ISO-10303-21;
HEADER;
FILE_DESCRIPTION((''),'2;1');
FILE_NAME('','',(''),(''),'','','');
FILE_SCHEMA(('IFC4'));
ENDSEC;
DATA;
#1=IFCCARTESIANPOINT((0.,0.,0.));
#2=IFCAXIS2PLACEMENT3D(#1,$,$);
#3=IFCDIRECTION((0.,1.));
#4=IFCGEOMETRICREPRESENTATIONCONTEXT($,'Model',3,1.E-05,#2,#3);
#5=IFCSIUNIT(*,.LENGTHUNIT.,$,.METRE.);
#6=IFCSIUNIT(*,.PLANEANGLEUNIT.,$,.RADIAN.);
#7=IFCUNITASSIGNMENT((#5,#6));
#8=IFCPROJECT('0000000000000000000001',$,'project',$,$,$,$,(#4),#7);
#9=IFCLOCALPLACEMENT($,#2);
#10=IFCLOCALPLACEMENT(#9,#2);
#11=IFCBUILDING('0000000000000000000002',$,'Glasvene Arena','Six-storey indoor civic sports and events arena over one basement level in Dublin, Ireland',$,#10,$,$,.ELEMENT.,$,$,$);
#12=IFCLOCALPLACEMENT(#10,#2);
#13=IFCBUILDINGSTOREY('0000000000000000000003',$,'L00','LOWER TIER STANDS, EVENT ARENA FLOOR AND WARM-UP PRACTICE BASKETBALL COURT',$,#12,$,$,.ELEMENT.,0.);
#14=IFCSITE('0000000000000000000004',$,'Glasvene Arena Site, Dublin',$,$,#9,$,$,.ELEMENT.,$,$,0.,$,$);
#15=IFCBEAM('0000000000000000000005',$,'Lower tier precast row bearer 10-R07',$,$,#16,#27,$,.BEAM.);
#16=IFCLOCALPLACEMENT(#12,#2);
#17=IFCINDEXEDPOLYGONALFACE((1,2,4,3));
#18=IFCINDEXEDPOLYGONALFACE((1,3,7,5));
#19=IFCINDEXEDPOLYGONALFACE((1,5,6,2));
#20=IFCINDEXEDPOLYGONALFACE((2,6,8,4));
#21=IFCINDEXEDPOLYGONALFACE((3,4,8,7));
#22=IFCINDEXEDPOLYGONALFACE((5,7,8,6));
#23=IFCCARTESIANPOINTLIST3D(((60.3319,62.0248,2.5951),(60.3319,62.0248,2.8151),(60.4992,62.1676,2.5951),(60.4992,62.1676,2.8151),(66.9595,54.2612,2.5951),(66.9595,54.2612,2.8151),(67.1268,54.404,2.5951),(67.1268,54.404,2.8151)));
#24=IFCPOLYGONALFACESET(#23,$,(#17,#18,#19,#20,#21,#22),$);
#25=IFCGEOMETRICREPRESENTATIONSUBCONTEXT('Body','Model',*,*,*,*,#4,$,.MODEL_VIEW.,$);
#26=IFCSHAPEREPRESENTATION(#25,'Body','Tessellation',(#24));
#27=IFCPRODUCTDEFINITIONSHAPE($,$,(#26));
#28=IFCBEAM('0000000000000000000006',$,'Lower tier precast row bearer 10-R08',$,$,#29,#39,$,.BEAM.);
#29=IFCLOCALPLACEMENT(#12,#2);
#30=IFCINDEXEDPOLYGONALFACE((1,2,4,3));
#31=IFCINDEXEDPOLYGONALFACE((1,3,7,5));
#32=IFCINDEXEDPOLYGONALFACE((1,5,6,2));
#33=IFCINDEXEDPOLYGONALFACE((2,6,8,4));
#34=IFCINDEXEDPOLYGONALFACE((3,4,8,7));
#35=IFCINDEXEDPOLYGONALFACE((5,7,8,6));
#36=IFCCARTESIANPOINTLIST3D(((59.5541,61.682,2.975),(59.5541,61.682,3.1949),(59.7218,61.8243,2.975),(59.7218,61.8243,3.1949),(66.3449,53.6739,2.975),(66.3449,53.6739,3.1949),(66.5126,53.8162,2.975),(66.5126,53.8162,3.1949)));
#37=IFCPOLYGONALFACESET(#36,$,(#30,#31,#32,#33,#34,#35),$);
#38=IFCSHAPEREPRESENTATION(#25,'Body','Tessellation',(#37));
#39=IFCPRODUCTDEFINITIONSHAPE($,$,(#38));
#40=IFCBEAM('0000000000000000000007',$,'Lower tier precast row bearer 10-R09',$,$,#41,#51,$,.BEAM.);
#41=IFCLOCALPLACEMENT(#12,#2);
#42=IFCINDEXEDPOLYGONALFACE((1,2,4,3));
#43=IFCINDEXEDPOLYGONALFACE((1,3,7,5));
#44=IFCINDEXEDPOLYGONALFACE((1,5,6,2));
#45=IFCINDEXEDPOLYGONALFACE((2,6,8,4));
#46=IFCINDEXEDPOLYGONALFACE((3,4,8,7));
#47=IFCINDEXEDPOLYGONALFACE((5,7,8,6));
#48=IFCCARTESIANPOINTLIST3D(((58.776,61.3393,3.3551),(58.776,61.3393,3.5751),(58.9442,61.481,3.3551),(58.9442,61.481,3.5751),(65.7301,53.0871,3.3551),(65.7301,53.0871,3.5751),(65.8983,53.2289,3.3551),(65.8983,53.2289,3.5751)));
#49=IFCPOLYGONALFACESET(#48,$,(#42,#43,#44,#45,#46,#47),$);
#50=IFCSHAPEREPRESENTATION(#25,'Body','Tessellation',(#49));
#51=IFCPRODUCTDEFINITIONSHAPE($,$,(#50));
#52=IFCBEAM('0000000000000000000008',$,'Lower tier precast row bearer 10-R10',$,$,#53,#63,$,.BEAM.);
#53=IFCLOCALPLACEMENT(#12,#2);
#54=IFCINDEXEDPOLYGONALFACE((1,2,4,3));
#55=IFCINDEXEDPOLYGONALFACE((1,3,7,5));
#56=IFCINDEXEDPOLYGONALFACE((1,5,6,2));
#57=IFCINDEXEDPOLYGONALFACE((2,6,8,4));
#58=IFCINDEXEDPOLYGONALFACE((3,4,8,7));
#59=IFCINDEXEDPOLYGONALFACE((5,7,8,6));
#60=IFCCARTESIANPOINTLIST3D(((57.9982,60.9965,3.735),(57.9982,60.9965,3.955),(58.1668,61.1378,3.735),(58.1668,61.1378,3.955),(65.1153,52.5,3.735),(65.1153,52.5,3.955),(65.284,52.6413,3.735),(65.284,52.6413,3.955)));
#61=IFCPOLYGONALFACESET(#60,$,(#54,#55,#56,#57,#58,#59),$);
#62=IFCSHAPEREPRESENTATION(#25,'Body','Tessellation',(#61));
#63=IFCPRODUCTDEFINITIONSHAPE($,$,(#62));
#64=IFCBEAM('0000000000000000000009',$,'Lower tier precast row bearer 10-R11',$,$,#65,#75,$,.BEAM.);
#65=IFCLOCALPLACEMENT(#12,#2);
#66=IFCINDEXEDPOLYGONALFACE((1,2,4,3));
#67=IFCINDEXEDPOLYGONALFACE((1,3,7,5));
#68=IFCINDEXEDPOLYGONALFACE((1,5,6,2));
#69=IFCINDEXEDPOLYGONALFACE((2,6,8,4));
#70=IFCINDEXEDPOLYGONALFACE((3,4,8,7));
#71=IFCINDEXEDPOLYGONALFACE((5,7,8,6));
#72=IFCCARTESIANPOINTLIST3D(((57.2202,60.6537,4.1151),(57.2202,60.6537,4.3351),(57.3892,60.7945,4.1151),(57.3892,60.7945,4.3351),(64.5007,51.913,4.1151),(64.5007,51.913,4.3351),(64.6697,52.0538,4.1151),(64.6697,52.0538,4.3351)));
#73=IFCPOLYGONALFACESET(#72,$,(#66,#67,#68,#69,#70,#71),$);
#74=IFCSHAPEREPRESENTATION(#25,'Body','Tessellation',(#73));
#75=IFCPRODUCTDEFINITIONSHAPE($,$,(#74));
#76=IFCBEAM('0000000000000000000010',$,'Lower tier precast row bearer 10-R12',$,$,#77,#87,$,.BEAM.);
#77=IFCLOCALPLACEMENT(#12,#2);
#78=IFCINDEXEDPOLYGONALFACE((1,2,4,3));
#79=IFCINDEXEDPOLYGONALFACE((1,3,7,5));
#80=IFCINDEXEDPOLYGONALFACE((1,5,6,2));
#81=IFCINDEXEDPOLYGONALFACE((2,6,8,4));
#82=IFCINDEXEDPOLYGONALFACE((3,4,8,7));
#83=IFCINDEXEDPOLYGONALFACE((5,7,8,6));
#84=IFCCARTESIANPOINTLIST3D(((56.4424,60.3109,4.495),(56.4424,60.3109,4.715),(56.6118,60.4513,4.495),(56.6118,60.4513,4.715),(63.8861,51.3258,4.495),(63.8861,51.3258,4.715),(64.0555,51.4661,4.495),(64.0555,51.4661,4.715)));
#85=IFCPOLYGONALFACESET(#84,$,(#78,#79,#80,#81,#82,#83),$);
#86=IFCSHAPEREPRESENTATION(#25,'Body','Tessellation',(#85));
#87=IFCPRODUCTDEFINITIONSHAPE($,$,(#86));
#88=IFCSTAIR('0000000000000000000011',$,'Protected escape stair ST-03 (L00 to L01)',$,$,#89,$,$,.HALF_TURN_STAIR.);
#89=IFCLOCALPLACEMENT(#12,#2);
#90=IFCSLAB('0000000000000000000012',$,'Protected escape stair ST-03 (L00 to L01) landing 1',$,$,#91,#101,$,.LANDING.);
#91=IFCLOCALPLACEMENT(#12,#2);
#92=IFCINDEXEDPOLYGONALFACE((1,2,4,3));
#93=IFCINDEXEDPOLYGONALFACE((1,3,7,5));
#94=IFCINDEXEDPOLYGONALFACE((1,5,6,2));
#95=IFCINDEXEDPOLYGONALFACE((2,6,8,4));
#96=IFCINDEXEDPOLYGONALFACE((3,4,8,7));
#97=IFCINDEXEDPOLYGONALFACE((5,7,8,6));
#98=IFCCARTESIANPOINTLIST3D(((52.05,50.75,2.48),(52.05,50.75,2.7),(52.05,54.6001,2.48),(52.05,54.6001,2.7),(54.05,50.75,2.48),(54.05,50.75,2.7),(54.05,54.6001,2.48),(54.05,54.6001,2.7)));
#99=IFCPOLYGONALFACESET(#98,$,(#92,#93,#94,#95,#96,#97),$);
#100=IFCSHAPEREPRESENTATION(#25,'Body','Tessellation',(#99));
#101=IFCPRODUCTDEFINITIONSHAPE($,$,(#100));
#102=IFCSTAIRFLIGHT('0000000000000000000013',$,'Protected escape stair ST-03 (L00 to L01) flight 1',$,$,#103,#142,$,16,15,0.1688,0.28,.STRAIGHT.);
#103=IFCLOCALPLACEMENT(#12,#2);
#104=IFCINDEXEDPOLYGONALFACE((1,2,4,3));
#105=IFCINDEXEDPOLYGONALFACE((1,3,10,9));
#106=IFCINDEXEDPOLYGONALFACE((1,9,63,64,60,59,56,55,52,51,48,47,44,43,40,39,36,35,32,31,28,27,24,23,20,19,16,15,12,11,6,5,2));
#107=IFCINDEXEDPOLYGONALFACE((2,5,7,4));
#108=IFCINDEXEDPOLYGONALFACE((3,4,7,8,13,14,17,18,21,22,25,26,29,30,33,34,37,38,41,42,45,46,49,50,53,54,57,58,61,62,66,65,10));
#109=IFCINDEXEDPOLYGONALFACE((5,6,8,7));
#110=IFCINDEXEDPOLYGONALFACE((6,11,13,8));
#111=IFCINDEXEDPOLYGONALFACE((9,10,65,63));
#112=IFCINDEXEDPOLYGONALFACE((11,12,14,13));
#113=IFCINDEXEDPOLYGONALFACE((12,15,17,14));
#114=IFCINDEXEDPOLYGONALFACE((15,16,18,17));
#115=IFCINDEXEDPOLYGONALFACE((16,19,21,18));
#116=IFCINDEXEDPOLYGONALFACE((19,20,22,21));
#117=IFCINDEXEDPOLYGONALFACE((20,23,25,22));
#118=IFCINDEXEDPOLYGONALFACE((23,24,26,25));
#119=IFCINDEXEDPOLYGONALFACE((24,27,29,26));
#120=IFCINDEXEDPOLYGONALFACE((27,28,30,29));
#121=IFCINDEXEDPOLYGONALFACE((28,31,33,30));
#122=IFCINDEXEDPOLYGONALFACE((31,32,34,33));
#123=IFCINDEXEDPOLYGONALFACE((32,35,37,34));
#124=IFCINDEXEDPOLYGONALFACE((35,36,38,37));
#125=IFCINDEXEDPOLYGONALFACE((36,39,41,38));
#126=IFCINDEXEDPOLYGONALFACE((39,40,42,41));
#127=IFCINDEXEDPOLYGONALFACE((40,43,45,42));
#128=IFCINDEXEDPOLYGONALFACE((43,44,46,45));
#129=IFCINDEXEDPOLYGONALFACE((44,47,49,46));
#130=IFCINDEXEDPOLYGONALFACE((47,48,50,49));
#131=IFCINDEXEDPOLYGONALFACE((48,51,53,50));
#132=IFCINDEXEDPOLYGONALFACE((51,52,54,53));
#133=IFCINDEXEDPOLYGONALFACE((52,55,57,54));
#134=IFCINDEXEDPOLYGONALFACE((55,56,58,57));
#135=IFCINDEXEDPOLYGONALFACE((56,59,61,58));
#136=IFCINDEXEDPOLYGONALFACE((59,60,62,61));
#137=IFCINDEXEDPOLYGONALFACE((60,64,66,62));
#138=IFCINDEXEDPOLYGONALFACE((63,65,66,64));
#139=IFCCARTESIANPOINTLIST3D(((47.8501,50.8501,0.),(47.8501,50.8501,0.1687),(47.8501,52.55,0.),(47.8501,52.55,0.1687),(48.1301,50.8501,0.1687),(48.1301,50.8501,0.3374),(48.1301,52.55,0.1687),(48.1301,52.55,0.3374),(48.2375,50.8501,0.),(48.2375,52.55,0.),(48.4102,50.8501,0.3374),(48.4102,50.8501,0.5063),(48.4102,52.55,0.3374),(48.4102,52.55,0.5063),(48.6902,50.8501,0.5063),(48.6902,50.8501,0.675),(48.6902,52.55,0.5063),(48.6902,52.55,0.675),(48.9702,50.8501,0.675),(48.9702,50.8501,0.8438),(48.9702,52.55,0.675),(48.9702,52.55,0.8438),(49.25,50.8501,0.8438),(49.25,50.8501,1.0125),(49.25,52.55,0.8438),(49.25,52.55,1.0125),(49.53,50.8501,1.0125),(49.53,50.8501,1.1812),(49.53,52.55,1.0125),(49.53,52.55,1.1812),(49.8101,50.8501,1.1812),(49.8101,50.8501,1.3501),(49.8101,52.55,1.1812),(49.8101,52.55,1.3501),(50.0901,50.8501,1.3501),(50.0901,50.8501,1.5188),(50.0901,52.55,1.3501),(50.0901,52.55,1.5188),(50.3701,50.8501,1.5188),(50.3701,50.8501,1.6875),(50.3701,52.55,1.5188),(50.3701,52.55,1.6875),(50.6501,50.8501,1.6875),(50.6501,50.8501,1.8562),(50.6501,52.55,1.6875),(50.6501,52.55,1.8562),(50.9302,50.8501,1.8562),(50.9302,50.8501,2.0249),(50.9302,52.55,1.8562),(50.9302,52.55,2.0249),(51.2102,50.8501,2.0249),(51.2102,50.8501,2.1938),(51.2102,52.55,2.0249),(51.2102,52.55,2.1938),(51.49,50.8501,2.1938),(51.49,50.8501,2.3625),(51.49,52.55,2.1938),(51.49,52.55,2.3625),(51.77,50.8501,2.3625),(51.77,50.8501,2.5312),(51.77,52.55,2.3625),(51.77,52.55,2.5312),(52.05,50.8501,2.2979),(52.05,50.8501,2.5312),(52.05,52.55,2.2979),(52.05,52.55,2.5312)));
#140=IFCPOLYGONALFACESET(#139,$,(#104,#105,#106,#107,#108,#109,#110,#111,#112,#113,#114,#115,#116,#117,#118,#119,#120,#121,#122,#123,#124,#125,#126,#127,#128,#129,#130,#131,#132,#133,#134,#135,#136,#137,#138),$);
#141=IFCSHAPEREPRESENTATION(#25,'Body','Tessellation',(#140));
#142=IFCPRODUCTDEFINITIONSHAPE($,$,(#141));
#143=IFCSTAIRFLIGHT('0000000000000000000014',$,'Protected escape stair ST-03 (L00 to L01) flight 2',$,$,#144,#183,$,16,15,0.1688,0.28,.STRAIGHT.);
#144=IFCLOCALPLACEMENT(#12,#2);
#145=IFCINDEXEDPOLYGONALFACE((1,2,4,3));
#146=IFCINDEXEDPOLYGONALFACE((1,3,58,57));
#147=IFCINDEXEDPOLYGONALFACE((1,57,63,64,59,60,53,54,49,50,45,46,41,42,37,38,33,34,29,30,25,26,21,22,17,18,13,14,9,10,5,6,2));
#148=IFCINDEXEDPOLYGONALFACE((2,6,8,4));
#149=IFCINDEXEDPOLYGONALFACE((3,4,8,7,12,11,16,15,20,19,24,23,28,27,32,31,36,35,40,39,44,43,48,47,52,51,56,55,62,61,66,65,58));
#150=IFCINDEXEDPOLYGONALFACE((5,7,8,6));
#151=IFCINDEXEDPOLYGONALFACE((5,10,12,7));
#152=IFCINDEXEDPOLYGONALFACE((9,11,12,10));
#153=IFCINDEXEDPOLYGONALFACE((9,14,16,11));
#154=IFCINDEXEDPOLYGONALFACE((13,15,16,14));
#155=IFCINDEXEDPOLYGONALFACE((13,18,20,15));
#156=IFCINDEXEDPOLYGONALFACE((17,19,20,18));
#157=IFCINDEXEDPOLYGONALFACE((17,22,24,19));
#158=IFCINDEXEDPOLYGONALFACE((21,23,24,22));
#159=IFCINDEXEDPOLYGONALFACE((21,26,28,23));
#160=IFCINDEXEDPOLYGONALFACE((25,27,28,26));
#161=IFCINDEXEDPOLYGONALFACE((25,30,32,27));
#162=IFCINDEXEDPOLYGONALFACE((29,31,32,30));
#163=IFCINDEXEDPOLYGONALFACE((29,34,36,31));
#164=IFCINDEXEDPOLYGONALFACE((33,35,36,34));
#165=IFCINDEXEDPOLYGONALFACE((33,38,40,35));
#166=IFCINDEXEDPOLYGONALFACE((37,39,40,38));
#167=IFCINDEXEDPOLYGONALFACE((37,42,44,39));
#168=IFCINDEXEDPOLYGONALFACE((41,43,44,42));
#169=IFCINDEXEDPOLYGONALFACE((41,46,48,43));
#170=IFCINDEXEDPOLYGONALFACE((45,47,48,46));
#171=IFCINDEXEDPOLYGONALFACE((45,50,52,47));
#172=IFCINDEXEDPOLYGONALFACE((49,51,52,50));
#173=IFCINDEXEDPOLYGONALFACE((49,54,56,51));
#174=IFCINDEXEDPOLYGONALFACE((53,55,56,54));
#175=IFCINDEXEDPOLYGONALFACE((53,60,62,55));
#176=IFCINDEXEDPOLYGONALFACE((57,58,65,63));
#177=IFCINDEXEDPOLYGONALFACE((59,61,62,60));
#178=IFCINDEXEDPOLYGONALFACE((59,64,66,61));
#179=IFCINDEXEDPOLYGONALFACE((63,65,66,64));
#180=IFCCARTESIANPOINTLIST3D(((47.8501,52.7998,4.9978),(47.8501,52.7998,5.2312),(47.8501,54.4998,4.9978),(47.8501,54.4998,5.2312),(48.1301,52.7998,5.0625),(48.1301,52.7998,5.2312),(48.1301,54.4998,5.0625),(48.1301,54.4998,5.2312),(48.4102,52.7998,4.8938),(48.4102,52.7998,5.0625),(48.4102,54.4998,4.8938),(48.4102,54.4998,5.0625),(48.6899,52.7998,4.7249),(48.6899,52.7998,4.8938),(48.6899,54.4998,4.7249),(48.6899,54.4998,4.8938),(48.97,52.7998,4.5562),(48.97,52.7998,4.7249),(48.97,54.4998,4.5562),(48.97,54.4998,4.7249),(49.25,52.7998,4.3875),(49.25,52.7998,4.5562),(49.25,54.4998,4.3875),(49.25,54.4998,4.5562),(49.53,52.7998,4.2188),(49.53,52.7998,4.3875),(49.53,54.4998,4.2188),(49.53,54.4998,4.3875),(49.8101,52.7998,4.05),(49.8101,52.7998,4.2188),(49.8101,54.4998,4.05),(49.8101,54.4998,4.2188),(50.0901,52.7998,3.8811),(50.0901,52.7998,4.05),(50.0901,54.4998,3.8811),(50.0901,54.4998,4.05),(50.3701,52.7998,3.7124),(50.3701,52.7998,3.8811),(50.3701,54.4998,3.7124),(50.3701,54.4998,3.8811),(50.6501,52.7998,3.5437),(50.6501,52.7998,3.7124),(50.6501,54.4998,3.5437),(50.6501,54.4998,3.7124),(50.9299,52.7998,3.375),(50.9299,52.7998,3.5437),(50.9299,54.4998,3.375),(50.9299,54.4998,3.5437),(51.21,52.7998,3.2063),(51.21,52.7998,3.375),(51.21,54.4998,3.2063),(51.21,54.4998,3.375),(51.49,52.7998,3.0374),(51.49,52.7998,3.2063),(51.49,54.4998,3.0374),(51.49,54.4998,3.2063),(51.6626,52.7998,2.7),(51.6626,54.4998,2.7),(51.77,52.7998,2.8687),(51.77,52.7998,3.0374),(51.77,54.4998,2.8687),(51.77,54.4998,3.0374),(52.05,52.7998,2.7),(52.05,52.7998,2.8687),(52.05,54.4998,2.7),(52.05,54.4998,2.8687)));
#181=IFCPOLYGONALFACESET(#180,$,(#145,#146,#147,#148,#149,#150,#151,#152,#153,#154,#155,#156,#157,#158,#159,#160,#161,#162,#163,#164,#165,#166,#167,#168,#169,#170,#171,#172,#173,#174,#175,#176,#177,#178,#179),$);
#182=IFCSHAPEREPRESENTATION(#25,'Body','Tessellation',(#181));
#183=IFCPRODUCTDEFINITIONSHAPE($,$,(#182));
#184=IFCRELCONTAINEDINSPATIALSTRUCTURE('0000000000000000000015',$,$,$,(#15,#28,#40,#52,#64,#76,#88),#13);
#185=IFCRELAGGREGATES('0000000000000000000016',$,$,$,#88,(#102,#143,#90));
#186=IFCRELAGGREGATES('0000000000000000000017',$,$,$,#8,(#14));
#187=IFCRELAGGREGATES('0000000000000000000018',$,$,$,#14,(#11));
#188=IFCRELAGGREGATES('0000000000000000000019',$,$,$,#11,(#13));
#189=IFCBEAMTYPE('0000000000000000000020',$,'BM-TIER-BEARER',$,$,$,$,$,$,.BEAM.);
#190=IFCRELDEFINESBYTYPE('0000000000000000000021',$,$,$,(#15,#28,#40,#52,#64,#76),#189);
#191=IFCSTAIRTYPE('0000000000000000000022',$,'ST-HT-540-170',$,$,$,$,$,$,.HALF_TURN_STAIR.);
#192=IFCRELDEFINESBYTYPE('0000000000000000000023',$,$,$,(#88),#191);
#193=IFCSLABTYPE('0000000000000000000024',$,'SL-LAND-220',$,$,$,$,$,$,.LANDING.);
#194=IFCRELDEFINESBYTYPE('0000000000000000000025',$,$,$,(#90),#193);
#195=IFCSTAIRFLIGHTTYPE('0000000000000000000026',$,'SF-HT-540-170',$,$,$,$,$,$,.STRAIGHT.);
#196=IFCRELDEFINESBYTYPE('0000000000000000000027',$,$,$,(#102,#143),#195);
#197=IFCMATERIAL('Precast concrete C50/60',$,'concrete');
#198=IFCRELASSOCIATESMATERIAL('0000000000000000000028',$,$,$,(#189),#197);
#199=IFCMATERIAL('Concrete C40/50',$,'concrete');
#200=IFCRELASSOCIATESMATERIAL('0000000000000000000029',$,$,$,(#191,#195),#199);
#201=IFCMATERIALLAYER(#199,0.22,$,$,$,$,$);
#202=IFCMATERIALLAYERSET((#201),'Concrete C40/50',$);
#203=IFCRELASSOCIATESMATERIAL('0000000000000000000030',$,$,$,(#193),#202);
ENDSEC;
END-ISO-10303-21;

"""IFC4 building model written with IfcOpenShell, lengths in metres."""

from ifc_helpers import new_model, si_unit, direction, frame, origin, origin_2d, place, context, subcontext, project, spatial, polyline, rectangle, outline, extrude, material, layer, layer_set, material_profile, profile_set, type_object, element, aggregate, save


model = new_model("IFC4")

# Units and contexts
model_context = context("Model", 3, precision=1e-05, world=origin(), true_north=direction((0.0, 1.0)))
body_context = subcontext(model_context, "Body", "Model", "MODEL_VIEW")
ifc_project = project(units=[si_unit("LENGTHUNIT", "METRE"), si_unit("PLANEANGLEUNIT", "RADIAN")], contexts=[model_context])

# Site, building, storey
site_placement = place(None, origin())
site = spatial("IfcSite", under=ifc_project, at=site_placement, Name="Glasvene Arena Site, Dublin", CompositionType="ELEMENT", RefElevation=0.0)
building_placement = place(site_placement, origin())
building = spatial("IfcBuilding", under=site, at=building_placement, Name="Glasvene Arena", Description="Six-storey indoor civic sports and events arena over one basement level in Dublin, Ireland", CompositionType="ELEMENT")
storey_placement = place(building_placement, origin())
storey = spatial("IfcBuildingStorey", under=building, at=storey_placement, Name="L00", Description="LOWER TIER STANDS, EVENT ARENA FLOOR AND WARM-UP PRACTICE BASKETBALL COURT", CompositionType="ELEMENT", Elevation=0.0)

# Shared definitions
ifc_material_1 = material(Name="Concrete C40/50", Category="concrete")

# Beams
ifc_material_2 = material(Name="Precast concrete C50/60", Category="concrete")
ifc_material_profile_1 = material_profile(ifc_material_2, rectangle(XDim=0.22, YDim=0.22, at=origin_2d()), Name="RC 220x220")
ifc_profile_set_1 = profile_set([ifc_material_profile_1], Name="Precast concrete C50/60")
beam_type_1 = type_object("IfcBeamType", Name="BM-TIER-BEARER", PredefinedType="BEAM", material=ifc_profile_set_1)
beam_1_placement = place(storey_placement, frame((60.4155, 62.0962, 2.7051), z_axis=(0.649271, -0.760557, 0.0), x_axis=(0.760557, 0.649271, 0.0)))
element("IfcBeam", 1, at=beam_1_placement, inside=storey, type_object=beam_type_1, Name="Lower tier precast row bearer 10-R07", PredefinedType="BEAM", context=body_context, shape_type="SweptSolid", body=[
    extrude(rectangle(XDim=0.22, YDim=0.22, at=origin_2d()), origin(), (0.0, 0.0, 1.0), 10.2078),
])
beam_2_placement = place(storey_placement, frame((59.6379, 61.7532, 3.085), z_axis=(0.646759, -0.762694, 0.0), x_axis=(0.762694, 0.646759, 0.0)))
element("IfcBeam", 2, at=beam_2_placement, inside=storey, type_object=beam_type_1, Name="Lower tier precast row bearer 10-R08", PredefinedType="BEAM", context=body_context, shape_type="SweptSolid", body=[
    extrude(rectangle(XDim=0.22, YDim=0.22, at=origin_2d()), origin(), (0.0, 0.0, 1.0), 10.4998),
])
beam_3_placement = place(storey_placement, frame((58.8601, 61.4102, 3.4651), z_axis=(0.6444, -0.764688, 0.0), x_axis=(0.764688, 0.6444, 0.0)))
element("IfcBeam", 3, at=beam_3_placement, inside=storey, type_object=beam_type_1, Name="Lower tier precast row bearer 10-R09", PredefinedType="BEAM", context=body_context, shape_type="SweptSolid", body=[
    extrude(rectangle(XDim=0.22, YDim=0.22, at=origin_2d()), origin(), (0.0, 0.0, 1.0), 10.7915),
])
beam_4_placement = place(storey_placement, frame((58.0825, 61.0671, 3.845), z_axis=(0.642137, -0.76659, 0.0), x_axis=(0.76659, 0.642137, 0.0)))
element("IfcBeam", 4, at=beam_4_placement, inside=storey, type_object=beam_type_1, Name="Lower tier precast row bearer 10-R10", PredefinedType="BEAM", context=body_context, shape_type="SweptSolid", body=[
    extrude(rectangle(XDim=0.22, YDim=0.22, at=origin_2d()), origin(), (0.0, 0.0, 1.0), 11.0835),
])
beam_5_placement = place(storey_placement, frame((57.3047, 60.7241, 4.2251), z_axis=(0.640007, -0.768369, 0.0), x_axis=(0.768369, 0.640007, 0.0)))
element("IfcBeam", 5, at=beam_5_placement, inside=storey, type_object=beam_type_1, Name="Lower tier precast row bearer 10-R11", PredefinedType="BEAM", context=body_context, shape_type="SweptSolid", body=[
    extrude(rectangle(XDim=0.22, YDim=0.22, at=origin_2d()), origin(), (0.0, 0.0, 1.0), 11.3757),
])
beam_6_placement = place(storey_placement, frame((56.5271, 60.3811, 4.605), z_axis=(0.637957, -0.770072, 0.0), x_axis=(0.770072, 0.637957, 0.0)))
element("IfcBeam", 6, at=beam_6_placement, inside=storey, type_object=beam_type_1, Name="Lower tier precast row bearer 10-R12", PredefinedType="BEAM", context=body_context, shape_type="SweptSolid", body=[
    extrude(rectangle(XDim=0.22, YDim=0.22, at=origin_2d()), origin(), (0.0, 0.0, 1.0), 11.668),
])

# Stair, slab
stair_type = type_object("IfcStairType", Name="ST-HT-540-170", PredefinedType="HALF_TURN_STAIR", material=ifc_material_1)
stair_placement = place(storey_placement, origin())
stair = element("IfcStair", 7, at=stair_placement, inside=storey, type_object=stair_type, Name="Protected escape stair ST-03 (L00 to L01)", PredefinedType="HALF_TURN_STAIR")
ifc_layer_1 = layer(ifc_material_1, 0.22)
ifc_layer_set_1 = layer_set([ifc_layer_1], Name="Concrete C40/50")
slab_type_1 = type_object("IfcSlabType", Name="SL-LAND-220", PredefinedType="LANDING", material=ifc_layer_set_1)
slab_1_placement = place(storey_placement, frame((53.05, 52.675, 2.48)))
slab_1 = element("IfcSlab", 8, at=slab_1_placement, type_object=slab_type_1, Name="Protected escape stair ST-03 (L00 to L01) landing 1", PredefinedType="LANDING", context=body_context, shape_type="SweptSolid", body=[
    extrude(outline(polyline([(-1.0, -1.925), (1.0, -1.925), (1.0, 1.925), (-1.0, 1.925), (-1.0, -1.925)])), origin(), (0.0, 0.0, 1.0), 0.22),
])

# Stair flights
stair_flight_type = type_object("IfcStairFlightType", Name="SF-HT-540-170", PredefinedType="STRAIGHT", material=ifc_material_1)
stair_flight_1_placement = place(storey_placement, frame((47.8501, 51.7, 0.0), z_axis=(0.0, 0.0, 1.0), x_axis=(1.0, 0.0, 0.0)))
stair_flight_1 = element("IfcStairFlight", 9, at=stair_flight_1_placement, type_object=stair_flight_type, Name="Protected escape stair ST-03 (L00 to L01) flight 1", NumberOfRisers=16, NumberOfTreads=15, PredefinedType="STRAIGHT", RiserHeight=0.1688, TreadLength=0.28, context=body_context, shape_type="SweptSolid", body=[
    extrude(outline(polyline([(0.0, 0.0), (0.0, 0.1687), (0.28, 0.1687), (0.28, 0.3374), (0.5601, 0.3374), (0.5601, 0.5063), (0.8401, 0.5063), (0.8401, 0.675), (1.1201, 0.675), (1.1201, 0.8438), (1.3999, 0.8438), (1.3999, 1.0125), (1.6799, 1.0125), (1.6799, 1.1812), (1.96, 1.1812), (1.96, 1.3501), (2.24, 1.3501), (2.24, 1.5188), (2.52, 1.5188), (2.52, 1.6875), (2.8, 1.6875), (2.8, 1.8562), (3.0801, 1.8562), (3.0801, 2.0249), (3.3601, 2.0249), (3.3601, 2.1938), (3.6399, 2.1938), (3.6399, 2.3625), (3.9199, 2.3625), (3.9199, 2.5312), (4.2, 2.5312), (4.2, 2.7), (4.2, 2.2979), (0.3875, 0.0), (0.0, 0.0)])), frame((0.0, 0.8501, 0.0), z_axis=(0.0, -1.0, 0.0), x_axis=(1.0, 0.0, 0.0)), (0.0, 0.0, 1.0), 1.7),
])
stair_flight_2_placement = place(storey_placement, frame((52.05, 53.6499, 2.7), z_axis=(0.0, 0.0, 1.0), x_axis=(-1.0, 0.0, 0.0)))
stair_flight_2 = element("IfcStairFlight", 10, at=stair_flight_2_placement, type_object=stair_flight_type, Name="Protected escape stair ST-03 (L00 to L01) flight 2", NumberOfRisers=16, NumberOfTreads=15, PredefinedType="STRAIGHT", RiserHeight=0.1688, TreadLength=0.28, context=body_context, shape_type="SweptSolid", body=[
    extrude(outline(polyline([(0.0, 0.0), (0.0, 0.1687), (0.28, 0.1687), (0.28, 0.3374), (0.5601, 0.3374), (0.5601, 0.5063), (0.8401, 0.5063), (0.8401, 0.675), (1.1201, 0.675), (1.1201, 0.8438), (1.3999, 0.8438), (1.3999, 1.0125), (1.6799, 1.0125), (1.6799, 1.1812), (1.96, 1.1812), (1.96, 1.3501), (2.24, 1.3501), (2.24, 1.5188), (2.52, 1.5188), (2.52, 1.6875), (2.8, 1.6875), (2.8, 1.8562), (3.0801, 1.8562), (3.0801, 2.0249), (3.3601, 2.0249), (3.3601, 2.1938), (3.6399, 2.1938), (3.6399, 2.3625), (3.9199, 2.3625), (3.9199, 2.5312), (4.2, 2.5312), (4.2, 2.7), (4.2, 2.2979), (0.3875, 0.0), (0.0, 0.0)])), frame((0.0, 0.8501, 0.0), z_axis=(0.0, -1.0, 0.0), x_axis=(1.0, 0.0, 0.0)), (0.0, 0.0, 1.0), 1.7),
])
aggregate(stair, [stair_flight_1, stair_flight_2, slab_1])

save(model, "model.ifc")
